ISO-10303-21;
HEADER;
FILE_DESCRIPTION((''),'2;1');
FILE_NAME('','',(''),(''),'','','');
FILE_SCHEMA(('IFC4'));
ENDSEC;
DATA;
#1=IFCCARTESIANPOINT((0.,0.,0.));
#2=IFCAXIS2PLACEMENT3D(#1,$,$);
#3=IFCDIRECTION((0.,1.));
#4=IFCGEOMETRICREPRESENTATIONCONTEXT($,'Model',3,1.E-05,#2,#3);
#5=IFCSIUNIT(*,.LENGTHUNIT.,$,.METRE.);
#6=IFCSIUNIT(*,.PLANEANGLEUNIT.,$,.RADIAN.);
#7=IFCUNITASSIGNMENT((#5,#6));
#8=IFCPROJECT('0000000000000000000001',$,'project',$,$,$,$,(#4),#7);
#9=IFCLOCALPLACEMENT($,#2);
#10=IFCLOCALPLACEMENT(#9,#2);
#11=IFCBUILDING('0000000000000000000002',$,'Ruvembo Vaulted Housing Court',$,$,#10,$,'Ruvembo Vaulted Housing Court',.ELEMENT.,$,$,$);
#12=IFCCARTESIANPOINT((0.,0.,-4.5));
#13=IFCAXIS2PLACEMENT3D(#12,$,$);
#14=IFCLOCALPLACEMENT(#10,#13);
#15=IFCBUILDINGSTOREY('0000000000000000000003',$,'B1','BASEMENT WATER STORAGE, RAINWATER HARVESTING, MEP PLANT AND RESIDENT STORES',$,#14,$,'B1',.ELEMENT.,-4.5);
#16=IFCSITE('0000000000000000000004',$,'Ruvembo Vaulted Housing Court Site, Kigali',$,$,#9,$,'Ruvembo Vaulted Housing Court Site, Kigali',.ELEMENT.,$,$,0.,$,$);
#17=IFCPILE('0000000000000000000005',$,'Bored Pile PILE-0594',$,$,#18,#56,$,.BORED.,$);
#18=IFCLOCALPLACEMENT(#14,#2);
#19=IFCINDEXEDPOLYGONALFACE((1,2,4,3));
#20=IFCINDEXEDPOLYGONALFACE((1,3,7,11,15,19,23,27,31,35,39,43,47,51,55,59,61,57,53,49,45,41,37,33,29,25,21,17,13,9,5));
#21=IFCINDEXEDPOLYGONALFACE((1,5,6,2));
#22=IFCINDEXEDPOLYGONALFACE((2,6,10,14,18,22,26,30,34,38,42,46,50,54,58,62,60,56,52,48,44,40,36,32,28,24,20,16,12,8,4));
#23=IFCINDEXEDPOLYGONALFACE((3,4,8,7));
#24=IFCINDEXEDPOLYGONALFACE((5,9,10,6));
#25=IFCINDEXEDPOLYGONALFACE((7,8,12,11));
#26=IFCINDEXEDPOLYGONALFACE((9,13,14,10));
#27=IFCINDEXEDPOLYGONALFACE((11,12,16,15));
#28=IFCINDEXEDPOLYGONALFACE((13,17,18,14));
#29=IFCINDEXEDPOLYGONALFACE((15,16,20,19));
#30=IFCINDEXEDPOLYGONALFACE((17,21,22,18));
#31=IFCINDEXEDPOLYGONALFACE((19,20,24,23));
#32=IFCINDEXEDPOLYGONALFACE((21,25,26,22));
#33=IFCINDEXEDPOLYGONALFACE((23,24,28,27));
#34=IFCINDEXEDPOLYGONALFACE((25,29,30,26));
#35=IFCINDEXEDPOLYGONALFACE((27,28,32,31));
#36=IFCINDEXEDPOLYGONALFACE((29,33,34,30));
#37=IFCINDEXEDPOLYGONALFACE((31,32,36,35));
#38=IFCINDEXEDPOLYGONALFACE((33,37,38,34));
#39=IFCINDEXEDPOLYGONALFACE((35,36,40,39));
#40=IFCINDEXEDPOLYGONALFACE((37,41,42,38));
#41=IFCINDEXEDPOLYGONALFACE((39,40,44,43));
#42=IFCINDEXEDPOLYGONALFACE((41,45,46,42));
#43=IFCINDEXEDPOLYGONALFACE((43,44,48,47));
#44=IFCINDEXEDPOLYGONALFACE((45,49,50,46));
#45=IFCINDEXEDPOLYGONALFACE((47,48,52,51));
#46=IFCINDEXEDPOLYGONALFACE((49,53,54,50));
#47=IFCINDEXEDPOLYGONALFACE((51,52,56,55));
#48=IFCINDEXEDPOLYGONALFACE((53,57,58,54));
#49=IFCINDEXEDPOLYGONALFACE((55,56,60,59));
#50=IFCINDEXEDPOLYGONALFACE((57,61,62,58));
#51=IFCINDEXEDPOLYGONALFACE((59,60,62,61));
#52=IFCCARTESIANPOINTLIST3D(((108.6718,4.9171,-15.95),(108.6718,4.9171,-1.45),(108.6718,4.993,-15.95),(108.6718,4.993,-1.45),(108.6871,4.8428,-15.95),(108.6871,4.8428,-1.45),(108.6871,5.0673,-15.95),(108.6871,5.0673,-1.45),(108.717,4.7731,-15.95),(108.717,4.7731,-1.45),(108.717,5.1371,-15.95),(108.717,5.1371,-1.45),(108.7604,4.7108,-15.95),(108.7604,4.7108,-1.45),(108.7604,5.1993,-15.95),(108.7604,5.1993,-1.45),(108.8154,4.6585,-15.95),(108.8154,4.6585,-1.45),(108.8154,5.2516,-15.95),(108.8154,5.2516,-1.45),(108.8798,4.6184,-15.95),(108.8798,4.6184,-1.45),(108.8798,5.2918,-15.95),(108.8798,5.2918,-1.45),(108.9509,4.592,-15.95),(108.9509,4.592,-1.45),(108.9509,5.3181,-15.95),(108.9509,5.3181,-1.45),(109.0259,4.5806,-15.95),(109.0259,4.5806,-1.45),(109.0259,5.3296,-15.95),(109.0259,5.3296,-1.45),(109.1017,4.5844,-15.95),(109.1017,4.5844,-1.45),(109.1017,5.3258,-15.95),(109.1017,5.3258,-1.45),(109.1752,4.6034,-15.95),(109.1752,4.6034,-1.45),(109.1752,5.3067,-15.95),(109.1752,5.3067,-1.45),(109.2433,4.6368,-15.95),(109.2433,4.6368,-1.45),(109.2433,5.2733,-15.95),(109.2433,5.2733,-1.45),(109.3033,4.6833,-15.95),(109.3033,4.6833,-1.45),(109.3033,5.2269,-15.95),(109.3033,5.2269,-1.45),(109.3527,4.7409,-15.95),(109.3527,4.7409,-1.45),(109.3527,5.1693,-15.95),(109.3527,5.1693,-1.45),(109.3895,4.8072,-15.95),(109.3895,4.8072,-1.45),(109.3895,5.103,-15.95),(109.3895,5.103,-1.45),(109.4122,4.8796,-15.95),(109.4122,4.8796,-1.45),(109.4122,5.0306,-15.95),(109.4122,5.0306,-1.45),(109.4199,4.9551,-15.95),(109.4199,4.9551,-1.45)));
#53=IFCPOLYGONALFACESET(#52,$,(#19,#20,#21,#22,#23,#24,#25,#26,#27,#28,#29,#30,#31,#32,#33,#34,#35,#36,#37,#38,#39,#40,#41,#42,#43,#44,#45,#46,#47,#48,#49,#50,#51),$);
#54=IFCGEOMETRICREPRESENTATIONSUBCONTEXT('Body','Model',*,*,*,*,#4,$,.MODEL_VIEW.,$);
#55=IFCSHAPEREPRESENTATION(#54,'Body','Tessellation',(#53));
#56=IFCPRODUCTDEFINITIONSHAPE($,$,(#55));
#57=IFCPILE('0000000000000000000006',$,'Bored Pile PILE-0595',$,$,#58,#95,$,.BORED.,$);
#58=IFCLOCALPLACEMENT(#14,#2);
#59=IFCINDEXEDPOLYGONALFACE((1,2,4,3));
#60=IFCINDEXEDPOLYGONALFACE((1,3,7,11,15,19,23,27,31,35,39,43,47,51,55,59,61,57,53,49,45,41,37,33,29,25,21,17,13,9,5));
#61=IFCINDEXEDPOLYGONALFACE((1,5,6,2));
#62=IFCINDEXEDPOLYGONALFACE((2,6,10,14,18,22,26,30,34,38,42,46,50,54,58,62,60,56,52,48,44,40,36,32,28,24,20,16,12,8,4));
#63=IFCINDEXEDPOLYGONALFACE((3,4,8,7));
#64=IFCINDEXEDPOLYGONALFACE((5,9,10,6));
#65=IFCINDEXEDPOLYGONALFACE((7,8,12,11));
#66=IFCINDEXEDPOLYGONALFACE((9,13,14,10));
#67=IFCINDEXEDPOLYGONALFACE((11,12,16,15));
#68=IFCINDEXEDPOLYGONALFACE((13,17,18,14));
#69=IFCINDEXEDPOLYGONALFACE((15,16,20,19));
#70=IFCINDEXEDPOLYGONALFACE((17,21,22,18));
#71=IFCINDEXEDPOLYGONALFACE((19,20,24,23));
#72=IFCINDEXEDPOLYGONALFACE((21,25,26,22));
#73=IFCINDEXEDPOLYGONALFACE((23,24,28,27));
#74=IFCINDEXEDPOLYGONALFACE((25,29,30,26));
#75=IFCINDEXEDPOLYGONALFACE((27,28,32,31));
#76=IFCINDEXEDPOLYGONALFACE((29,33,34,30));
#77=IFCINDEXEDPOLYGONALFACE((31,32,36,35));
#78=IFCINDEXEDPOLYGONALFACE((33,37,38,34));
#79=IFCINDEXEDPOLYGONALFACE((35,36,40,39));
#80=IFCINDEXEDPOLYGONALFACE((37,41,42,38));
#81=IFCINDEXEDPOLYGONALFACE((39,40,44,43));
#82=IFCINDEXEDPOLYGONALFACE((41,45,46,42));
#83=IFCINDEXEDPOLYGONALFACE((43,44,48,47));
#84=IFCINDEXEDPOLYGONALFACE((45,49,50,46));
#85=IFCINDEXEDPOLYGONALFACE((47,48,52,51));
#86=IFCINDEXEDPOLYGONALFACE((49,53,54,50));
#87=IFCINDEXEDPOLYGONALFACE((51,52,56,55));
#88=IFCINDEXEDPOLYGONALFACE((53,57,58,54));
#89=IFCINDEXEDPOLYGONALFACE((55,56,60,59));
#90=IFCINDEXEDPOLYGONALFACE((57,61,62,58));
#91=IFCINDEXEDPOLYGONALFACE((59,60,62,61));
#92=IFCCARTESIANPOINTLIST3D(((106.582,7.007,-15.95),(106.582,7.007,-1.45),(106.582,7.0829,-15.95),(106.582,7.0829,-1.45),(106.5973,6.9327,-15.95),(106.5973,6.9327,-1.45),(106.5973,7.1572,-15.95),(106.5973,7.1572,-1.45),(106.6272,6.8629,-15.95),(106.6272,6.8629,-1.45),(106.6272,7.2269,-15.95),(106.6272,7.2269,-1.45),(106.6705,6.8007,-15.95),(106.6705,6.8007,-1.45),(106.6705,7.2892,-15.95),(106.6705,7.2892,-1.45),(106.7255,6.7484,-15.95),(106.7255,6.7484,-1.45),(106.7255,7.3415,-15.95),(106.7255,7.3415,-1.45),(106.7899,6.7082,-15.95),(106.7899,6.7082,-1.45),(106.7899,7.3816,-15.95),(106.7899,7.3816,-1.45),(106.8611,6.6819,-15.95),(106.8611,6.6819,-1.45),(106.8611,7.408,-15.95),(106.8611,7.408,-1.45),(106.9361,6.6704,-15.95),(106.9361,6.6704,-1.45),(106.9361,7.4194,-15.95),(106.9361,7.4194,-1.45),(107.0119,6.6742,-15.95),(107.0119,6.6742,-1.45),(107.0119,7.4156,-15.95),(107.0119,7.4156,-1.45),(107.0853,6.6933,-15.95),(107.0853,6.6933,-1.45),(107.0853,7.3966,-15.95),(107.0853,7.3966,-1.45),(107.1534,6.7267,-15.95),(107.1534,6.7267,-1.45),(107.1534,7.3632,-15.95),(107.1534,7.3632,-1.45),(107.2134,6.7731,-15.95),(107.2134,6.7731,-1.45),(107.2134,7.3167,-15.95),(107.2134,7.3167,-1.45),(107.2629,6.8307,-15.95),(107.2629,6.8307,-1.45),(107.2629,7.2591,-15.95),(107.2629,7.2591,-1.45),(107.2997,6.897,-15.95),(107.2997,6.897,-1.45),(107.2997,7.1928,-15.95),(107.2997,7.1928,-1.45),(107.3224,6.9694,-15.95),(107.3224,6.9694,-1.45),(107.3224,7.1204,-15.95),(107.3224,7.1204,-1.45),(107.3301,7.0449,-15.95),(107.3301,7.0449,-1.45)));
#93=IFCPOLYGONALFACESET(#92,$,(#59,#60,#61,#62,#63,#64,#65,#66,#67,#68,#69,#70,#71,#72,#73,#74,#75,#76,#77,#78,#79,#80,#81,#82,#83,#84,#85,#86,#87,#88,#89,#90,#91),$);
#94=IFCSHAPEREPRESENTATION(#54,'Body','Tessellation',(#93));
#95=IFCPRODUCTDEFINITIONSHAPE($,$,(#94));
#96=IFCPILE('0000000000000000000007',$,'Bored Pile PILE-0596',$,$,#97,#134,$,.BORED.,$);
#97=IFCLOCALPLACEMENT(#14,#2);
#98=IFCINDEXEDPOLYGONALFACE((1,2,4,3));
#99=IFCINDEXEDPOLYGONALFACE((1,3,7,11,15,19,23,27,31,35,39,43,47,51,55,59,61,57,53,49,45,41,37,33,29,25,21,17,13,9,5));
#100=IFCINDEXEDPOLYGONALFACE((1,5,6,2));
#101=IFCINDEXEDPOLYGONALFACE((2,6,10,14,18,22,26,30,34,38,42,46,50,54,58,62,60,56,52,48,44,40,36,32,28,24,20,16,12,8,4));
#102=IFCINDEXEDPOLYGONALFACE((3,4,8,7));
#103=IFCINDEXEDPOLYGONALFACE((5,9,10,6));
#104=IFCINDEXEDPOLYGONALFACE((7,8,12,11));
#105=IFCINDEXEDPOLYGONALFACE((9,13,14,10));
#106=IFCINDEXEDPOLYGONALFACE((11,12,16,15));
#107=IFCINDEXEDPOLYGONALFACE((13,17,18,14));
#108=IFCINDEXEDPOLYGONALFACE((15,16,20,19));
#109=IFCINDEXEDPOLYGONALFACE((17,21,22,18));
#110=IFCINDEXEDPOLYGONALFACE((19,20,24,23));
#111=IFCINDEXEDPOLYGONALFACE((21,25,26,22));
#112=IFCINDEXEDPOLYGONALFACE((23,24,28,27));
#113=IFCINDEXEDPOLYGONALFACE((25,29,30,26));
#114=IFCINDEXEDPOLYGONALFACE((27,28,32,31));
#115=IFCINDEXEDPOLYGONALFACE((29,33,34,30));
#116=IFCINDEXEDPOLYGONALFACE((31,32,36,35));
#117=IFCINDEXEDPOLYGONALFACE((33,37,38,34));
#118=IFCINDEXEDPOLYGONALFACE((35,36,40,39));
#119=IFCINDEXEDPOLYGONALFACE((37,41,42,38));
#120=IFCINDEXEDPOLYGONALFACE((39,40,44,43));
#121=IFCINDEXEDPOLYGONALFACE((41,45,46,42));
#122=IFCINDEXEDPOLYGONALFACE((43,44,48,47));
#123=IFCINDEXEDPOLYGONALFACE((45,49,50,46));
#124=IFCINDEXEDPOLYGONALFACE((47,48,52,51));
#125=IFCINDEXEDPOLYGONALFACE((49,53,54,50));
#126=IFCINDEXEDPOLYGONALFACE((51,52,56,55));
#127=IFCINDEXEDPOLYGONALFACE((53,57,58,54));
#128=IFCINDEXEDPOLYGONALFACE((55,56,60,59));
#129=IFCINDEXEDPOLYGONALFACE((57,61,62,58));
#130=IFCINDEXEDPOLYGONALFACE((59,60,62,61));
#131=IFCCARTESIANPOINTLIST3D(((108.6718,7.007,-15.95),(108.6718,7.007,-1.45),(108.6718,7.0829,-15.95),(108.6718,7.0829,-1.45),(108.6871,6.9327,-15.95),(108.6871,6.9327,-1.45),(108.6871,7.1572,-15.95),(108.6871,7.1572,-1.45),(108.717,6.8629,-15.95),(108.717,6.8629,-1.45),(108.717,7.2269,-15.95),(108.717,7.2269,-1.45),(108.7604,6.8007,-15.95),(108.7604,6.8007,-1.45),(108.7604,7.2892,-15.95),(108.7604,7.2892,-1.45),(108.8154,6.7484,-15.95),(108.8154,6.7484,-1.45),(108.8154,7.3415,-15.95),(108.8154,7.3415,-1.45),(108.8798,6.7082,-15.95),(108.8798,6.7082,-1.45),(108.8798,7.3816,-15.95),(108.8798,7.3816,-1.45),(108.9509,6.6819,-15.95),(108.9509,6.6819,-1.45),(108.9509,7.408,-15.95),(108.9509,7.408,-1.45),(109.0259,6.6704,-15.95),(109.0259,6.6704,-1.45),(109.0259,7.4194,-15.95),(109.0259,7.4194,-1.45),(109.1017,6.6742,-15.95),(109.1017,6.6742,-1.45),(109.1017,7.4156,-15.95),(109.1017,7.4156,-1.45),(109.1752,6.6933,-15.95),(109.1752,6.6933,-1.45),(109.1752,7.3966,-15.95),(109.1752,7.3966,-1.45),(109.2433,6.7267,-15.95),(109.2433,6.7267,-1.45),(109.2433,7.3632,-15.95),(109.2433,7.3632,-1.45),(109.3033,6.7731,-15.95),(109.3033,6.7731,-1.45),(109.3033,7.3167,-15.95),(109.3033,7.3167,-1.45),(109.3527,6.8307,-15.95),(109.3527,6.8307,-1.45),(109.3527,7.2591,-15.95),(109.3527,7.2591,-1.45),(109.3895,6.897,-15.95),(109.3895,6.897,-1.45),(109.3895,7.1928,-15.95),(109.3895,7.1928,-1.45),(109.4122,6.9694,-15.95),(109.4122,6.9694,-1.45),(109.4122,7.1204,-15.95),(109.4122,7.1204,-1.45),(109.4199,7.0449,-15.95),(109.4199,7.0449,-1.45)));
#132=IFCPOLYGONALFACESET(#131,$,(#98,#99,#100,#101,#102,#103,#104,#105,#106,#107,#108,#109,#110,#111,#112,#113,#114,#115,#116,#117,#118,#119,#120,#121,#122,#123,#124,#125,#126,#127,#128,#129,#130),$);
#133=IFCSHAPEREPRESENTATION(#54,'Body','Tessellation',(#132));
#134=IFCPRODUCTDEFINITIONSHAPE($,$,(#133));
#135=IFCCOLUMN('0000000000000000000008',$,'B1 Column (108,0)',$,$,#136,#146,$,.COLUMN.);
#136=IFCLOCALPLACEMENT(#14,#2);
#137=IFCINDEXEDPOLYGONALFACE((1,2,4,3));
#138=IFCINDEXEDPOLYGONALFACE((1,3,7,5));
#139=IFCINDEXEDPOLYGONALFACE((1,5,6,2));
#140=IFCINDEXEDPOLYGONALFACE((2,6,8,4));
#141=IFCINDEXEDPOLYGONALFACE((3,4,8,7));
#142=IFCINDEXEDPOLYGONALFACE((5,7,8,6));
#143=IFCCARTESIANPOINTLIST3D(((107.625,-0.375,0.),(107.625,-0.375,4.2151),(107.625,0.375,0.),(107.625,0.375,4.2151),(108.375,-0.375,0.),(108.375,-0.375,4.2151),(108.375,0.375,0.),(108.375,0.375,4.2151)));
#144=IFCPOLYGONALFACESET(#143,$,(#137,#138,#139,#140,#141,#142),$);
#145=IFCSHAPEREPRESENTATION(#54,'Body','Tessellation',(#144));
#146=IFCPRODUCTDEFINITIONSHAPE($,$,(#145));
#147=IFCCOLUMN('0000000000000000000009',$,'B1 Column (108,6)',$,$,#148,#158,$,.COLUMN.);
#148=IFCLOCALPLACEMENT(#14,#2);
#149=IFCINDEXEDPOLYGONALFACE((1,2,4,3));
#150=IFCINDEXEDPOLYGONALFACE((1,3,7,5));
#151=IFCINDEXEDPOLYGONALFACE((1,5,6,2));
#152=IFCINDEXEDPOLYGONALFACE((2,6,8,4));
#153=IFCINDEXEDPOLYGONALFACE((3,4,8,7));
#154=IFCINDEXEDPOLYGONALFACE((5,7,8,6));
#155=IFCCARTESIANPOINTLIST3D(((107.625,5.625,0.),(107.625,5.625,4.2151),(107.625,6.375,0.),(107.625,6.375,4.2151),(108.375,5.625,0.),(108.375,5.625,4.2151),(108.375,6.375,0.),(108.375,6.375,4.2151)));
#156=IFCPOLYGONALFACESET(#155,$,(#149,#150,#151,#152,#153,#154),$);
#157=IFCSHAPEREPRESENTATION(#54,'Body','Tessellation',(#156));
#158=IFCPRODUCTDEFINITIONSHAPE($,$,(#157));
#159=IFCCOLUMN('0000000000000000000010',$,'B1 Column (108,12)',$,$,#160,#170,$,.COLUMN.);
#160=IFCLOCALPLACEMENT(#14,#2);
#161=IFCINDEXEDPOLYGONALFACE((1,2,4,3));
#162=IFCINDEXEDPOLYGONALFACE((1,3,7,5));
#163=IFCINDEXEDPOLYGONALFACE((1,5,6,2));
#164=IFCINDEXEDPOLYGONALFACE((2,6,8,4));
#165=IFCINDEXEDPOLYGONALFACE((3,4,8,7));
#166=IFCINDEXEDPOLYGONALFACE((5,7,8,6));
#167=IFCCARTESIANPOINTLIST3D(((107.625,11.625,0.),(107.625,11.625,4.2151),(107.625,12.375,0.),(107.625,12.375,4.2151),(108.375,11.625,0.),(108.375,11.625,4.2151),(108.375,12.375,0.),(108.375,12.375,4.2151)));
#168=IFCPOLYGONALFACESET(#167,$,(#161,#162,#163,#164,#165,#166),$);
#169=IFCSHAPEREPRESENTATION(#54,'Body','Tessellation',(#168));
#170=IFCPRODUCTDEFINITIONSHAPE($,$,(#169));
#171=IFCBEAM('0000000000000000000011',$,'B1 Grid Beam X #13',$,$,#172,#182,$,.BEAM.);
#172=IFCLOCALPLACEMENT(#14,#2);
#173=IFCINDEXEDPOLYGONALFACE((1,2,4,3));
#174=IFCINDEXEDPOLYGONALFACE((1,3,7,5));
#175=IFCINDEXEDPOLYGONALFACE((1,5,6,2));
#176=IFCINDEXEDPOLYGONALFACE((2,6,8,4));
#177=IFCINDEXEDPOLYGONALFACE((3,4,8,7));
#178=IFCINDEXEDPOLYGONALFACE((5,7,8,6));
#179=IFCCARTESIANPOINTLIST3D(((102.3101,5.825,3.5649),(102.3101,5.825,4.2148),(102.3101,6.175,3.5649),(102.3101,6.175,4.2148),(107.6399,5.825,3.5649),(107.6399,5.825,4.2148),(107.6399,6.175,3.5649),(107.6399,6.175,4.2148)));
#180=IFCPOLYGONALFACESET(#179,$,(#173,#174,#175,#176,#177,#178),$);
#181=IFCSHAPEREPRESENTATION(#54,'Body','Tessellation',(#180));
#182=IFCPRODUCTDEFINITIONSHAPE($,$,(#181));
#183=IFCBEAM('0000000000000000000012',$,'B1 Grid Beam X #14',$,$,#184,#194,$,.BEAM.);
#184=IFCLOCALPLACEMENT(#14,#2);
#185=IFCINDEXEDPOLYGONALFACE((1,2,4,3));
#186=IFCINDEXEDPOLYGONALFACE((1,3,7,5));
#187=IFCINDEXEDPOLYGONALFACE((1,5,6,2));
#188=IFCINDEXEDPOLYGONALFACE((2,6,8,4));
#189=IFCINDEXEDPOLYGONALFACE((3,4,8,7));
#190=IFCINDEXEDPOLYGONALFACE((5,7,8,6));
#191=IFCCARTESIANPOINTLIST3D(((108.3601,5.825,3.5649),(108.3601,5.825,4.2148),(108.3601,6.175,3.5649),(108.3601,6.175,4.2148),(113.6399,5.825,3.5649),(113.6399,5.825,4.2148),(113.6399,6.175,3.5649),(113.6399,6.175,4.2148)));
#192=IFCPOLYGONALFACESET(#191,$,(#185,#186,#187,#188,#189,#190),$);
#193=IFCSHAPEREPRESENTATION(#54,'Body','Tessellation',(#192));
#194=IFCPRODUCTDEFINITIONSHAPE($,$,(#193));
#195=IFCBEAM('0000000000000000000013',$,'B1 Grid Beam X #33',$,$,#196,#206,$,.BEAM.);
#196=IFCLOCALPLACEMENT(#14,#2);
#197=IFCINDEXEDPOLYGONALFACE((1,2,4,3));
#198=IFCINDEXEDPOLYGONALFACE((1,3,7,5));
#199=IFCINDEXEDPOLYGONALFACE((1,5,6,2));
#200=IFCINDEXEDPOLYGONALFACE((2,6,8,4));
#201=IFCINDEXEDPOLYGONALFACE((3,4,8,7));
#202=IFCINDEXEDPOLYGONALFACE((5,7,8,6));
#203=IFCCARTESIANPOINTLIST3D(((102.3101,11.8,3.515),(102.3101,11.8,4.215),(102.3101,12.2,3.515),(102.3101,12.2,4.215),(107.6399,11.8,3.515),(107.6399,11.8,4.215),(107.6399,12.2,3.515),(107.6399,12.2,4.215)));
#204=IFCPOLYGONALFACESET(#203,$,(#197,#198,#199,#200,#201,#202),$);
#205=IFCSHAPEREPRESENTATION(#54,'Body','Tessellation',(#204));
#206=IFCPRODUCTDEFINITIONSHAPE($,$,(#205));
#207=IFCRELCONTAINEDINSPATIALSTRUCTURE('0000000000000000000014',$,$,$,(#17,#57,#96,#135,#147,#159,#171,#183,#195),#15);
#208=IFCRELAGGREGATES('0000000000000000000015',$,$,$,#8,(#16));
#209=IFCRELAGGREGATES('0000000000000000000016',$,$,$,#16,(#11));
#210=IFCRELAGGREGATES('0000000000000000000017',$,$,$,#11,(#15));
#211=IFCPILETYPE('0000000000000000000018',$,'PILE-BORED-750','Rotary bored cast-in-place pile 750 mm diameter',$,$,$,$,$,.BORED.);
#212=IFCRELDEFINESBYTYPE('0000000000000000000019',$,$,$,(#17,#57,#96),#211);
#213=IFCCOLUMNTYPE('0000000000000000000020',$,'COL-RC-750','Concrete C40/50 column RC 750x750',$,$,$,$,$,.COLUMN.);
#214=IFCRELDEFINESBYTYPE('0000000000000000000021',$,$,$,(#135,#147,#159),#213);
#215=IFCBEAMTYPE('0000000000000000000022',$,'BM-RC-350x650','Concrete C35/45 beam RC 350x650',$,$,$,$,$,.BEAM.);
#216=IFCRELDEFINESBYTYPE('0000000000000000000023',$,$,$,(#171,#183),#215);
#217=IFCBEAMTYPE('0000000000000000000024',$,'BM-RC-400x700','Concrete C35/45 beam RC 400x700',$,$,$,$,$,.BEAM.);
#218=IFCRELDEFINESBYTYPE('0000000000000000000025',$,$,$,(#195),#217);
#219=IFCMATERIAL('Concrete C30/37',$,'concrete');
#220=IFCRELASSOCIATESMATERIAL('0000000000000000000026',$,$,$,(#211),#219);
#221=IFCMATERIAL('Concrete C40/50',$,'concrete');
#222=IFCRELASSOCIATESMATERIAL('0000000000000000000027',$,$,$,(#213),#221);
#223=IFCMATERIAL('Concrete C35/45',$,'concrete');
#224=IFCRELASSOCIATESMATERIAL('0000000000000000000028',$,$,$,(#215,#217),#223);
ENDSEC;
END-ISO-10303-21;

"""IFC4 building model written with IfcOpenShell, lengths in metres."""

from ifc_helpers import new_model, si_unit, direction, frame, origin, origin_2d, place, context, subcontext, project, spatial, rectangle, circle, extrude, material, material_profile, profile_set, type_object, element, save


model = new_model("IFC4")

# Units and contexts
model_context = context("Model", 3, precision=1e-05, world=origin(), true_north=direction((0.0, 1.0)))
body_context = subcontext(model_context, "Body", "Model", "MODEL_VIEW")
ifc_project = project(units=[si_unit("LENGTHUNIT", "METRE"), si_unit("PLANEANGLEUNIT", "RADIAN")], contexts=[model_context])

# Site, building, storey
site_placement = place(None, origin())
site = spatial("IfcSite", under=ifc_project, at=site_placement, Name="Ruvembo Vaulted Housing Court Site, Kigali", LongName="Ruvembo Vaulted Housing Court Site, Kigali", CompositionType="ELEMENT", RefElevation=0.0)
building_placement = place(site_placement, origin())
building = spatial("IfcBuilding", under=site, at=building_placement, Name="Ruvembo Vaulted Housing Court", LongName="Ruvembo Vaulted Housing Court", CompositionType="ELEMENT")
storey_placement = place(building_placement, frame((0.0, 0.0, -4.5)))
storey = spatial("IfcBuildingStorey", under=building, at=storey_placement, Name="B1", Description="BASEMENT WATER STORAGE, RAINWATER HARVESTING, MEP PLANT AND RESIDENT STORES", LongName="B1", CompositionType="ELEMENT", Elevation=-4.5)

# Shared definitions
ifc_material_1 = material(Name="Concrete C35/45", Category="concrete")

# Piles
ifc_material_2 = material(Name="Concrete C30/37", Category="concrete")
ifc_material_profile_1 = material_profile(ifc_material_2, circle(Radius=0.375, at=origin_2d()), Name="PILE D750")
ifc_profile_set_1 = profile_set([ifc_material_profile_1], Name="Concrete C30/37")
pile_type = type_object("IfcPileType", Name="PILE-BORED-750", Description="Rotary bored cast-in-place pile 750 mm diameter", PredefinedType="BORED", material=ifc_profile_set_1)
for number, where, z_axis, x_axis, name in (
    (1, (109.0449, 4.9551, -1.45), (0.0, 0.0, -1.0), (1.0, 0.0, 0.0), "Bored Pile PILE-0594"),
    (2, (106.9551, 7.0449, -1.45), (0.0, 0.0, -1.0), (1.0, 0.0, 0.0), "Bored Pile PILE-0595"),
    (3, (109.0449, 7.0449, -1.45), (0.0, 0.0, -1.0), (1.0, 0.0, 0.0), "Bored Pile PILE-0596"),
):
    element("IfcPile", number, at=place(storey_placement, frame(where, z_axis=z_axis, x_axis=x_axis)), inside=storey, type_object=pile_type, Name=name, PredefinedType="BORED", context=body_context, shape_type="SweptSolid", body=[
        extrude(circle(Radius=0.375, at=origin_2d()), origin(), (0.0, 0.0, 1.0), 14.5),
    ])

# Columns
ifc_material_3 = material(Name="Concrete C40/50", Category="concrete")
ifc_material_profile_2 = material_profile(ifc_material_3, rectangle(XDim=0.75, YDim=0.75, at=origin_2d()), Name="RC 750x750")
ifc_profile_set_2 = profile_set([ifc_material_profile_2], Name="Concrete C40/50")
column_type = type_object("IfcColumnType", Name="COL-RC-750", Description="Concrete C40/50 column RC 750x750", PredefinedType="COLUMN", material=ifc_profile_set_2)
for number, where, z_axis, x_axis, name in (
    (4, (108.0, 0.0, 0.0), (0.0, 0.0, 1.0), (1.0, 0.0, 0.0), "B1 Column (108,0)"),
    (5, (108.0, 6.0, 0.0), (0.0, 0.0, 1.0), (1.0, 0.0, 0.0), "B1 Column (108,6)"),
    (6, (108.0, 12.0, 0.0), (0.0, 0.0, 1.0), (1.0, 0.0, 0.0), "B1 Column (108,12)"),
):
    element("IfcColumn", number, at=place(storey_placement, frame(where, z_axis=z_axis, x_axis=x_axis)), inside=storey, type_object=column_type, Name=name, PredefinedType="COLUMN", context=body_context, shape_type="SweptSolid", body=[
        extrude(rectangle(XDim=0.75, YDim=0.75, at=origin_2d()), origin(), (0.0, 0.0, 1.0), 4.2151),
    ])

# Beams
ifc_material_profile_3 = material_profile(ifc_material_1, rectangle(XDim=0.3501, YDim=0.6499, at=origin_2d()), Name="RC 350x650")
ifc_profile_set_3 = profile_set([ifc_material_profile_3], Name="Concrete C35/45")
beam_type_1 = type_object("IfcBeamType", Name="BM-RC-350x650", Description="Concrete C35/45 beam RC 350x650", PredefinedType="BEAM", material=ifc_profile_set_3)
beam_1_placement = place(storey_placement, frame((102.3101, 6.0, 3.8899), z_axis=(1.0, 0.0, 0.0), x_axis=(0.0, 1.0, 0.0)))
element("IfcBeam", 7, at=beam_1_placement, inside=storey, type_object=beam_type_1, Name="B1 Grid Beam X #13", PredefinedType="BEAM", context=body_context, shape_type="SweptSolid", body=[
    extrude(rectangle(XDim=0.3501, YDim=0.6499, at=origin_2d()), origin(), (0.0, 0.0, 1.0), 5.3298),
])
beam_2_placement = place(storey_placement, frame((108.3601, 6.0, 3.8899), z_axis=(1.0, 0.0, 0.0), x_axis=(0.0, 1.0, 0.0)))
element("IfcBeam", 8, at=beam_2_placement, inside=storey, type_object=beam_type_1, Name="B1 Grid Beam X #14", PredefinedType="BEAM", context=body_context, shape_type="SweptSolid", body=[
    extrude(rectangle(XDim=0.3501, YDim=0.6499, at=origin_2d()), origin(), (0.0, 0.0, 1.0), 5.2798),
])
ifc_material_profile_4 = material_profile(ifc_material_1, rectangle(XDim=0.3999, YDim=0.7, at=origin_2d()), Name="RC 400x700")
ifc_profile_set_4 = profile_set([ifc_material_profile_4], Name="Concrete C35/45")
beam_type_2 = type_object("IfcBeamType", Name="BM-RC-400x700", Description="Concrete C35/45 beam RC 400x700", PredefinedType="BEAM", material=ifc_profile_set_4)
beam_3_placement = place(storey_placement, frame((102.3101, 12.0, 3.865), z_axis=(1.0, 0.0, 0.0), x_axis=(0.0, 1.0, 0.0)))
element("IfcBeam", 9, at=beam_3_placement, inside=storey, type_object=beam_type_2, Name="B1 Grid Beam X #33", PredefinedType="BEAM", context=body_context, shape_type="SweptSolid", body=[
    extrude(rectangle(XDim=0.3999, YDim=0.7, at=origin_2d()), origin(), (0.0, 0.0, 1.0), 5.3298),
])

save(model, "model.ifc")
